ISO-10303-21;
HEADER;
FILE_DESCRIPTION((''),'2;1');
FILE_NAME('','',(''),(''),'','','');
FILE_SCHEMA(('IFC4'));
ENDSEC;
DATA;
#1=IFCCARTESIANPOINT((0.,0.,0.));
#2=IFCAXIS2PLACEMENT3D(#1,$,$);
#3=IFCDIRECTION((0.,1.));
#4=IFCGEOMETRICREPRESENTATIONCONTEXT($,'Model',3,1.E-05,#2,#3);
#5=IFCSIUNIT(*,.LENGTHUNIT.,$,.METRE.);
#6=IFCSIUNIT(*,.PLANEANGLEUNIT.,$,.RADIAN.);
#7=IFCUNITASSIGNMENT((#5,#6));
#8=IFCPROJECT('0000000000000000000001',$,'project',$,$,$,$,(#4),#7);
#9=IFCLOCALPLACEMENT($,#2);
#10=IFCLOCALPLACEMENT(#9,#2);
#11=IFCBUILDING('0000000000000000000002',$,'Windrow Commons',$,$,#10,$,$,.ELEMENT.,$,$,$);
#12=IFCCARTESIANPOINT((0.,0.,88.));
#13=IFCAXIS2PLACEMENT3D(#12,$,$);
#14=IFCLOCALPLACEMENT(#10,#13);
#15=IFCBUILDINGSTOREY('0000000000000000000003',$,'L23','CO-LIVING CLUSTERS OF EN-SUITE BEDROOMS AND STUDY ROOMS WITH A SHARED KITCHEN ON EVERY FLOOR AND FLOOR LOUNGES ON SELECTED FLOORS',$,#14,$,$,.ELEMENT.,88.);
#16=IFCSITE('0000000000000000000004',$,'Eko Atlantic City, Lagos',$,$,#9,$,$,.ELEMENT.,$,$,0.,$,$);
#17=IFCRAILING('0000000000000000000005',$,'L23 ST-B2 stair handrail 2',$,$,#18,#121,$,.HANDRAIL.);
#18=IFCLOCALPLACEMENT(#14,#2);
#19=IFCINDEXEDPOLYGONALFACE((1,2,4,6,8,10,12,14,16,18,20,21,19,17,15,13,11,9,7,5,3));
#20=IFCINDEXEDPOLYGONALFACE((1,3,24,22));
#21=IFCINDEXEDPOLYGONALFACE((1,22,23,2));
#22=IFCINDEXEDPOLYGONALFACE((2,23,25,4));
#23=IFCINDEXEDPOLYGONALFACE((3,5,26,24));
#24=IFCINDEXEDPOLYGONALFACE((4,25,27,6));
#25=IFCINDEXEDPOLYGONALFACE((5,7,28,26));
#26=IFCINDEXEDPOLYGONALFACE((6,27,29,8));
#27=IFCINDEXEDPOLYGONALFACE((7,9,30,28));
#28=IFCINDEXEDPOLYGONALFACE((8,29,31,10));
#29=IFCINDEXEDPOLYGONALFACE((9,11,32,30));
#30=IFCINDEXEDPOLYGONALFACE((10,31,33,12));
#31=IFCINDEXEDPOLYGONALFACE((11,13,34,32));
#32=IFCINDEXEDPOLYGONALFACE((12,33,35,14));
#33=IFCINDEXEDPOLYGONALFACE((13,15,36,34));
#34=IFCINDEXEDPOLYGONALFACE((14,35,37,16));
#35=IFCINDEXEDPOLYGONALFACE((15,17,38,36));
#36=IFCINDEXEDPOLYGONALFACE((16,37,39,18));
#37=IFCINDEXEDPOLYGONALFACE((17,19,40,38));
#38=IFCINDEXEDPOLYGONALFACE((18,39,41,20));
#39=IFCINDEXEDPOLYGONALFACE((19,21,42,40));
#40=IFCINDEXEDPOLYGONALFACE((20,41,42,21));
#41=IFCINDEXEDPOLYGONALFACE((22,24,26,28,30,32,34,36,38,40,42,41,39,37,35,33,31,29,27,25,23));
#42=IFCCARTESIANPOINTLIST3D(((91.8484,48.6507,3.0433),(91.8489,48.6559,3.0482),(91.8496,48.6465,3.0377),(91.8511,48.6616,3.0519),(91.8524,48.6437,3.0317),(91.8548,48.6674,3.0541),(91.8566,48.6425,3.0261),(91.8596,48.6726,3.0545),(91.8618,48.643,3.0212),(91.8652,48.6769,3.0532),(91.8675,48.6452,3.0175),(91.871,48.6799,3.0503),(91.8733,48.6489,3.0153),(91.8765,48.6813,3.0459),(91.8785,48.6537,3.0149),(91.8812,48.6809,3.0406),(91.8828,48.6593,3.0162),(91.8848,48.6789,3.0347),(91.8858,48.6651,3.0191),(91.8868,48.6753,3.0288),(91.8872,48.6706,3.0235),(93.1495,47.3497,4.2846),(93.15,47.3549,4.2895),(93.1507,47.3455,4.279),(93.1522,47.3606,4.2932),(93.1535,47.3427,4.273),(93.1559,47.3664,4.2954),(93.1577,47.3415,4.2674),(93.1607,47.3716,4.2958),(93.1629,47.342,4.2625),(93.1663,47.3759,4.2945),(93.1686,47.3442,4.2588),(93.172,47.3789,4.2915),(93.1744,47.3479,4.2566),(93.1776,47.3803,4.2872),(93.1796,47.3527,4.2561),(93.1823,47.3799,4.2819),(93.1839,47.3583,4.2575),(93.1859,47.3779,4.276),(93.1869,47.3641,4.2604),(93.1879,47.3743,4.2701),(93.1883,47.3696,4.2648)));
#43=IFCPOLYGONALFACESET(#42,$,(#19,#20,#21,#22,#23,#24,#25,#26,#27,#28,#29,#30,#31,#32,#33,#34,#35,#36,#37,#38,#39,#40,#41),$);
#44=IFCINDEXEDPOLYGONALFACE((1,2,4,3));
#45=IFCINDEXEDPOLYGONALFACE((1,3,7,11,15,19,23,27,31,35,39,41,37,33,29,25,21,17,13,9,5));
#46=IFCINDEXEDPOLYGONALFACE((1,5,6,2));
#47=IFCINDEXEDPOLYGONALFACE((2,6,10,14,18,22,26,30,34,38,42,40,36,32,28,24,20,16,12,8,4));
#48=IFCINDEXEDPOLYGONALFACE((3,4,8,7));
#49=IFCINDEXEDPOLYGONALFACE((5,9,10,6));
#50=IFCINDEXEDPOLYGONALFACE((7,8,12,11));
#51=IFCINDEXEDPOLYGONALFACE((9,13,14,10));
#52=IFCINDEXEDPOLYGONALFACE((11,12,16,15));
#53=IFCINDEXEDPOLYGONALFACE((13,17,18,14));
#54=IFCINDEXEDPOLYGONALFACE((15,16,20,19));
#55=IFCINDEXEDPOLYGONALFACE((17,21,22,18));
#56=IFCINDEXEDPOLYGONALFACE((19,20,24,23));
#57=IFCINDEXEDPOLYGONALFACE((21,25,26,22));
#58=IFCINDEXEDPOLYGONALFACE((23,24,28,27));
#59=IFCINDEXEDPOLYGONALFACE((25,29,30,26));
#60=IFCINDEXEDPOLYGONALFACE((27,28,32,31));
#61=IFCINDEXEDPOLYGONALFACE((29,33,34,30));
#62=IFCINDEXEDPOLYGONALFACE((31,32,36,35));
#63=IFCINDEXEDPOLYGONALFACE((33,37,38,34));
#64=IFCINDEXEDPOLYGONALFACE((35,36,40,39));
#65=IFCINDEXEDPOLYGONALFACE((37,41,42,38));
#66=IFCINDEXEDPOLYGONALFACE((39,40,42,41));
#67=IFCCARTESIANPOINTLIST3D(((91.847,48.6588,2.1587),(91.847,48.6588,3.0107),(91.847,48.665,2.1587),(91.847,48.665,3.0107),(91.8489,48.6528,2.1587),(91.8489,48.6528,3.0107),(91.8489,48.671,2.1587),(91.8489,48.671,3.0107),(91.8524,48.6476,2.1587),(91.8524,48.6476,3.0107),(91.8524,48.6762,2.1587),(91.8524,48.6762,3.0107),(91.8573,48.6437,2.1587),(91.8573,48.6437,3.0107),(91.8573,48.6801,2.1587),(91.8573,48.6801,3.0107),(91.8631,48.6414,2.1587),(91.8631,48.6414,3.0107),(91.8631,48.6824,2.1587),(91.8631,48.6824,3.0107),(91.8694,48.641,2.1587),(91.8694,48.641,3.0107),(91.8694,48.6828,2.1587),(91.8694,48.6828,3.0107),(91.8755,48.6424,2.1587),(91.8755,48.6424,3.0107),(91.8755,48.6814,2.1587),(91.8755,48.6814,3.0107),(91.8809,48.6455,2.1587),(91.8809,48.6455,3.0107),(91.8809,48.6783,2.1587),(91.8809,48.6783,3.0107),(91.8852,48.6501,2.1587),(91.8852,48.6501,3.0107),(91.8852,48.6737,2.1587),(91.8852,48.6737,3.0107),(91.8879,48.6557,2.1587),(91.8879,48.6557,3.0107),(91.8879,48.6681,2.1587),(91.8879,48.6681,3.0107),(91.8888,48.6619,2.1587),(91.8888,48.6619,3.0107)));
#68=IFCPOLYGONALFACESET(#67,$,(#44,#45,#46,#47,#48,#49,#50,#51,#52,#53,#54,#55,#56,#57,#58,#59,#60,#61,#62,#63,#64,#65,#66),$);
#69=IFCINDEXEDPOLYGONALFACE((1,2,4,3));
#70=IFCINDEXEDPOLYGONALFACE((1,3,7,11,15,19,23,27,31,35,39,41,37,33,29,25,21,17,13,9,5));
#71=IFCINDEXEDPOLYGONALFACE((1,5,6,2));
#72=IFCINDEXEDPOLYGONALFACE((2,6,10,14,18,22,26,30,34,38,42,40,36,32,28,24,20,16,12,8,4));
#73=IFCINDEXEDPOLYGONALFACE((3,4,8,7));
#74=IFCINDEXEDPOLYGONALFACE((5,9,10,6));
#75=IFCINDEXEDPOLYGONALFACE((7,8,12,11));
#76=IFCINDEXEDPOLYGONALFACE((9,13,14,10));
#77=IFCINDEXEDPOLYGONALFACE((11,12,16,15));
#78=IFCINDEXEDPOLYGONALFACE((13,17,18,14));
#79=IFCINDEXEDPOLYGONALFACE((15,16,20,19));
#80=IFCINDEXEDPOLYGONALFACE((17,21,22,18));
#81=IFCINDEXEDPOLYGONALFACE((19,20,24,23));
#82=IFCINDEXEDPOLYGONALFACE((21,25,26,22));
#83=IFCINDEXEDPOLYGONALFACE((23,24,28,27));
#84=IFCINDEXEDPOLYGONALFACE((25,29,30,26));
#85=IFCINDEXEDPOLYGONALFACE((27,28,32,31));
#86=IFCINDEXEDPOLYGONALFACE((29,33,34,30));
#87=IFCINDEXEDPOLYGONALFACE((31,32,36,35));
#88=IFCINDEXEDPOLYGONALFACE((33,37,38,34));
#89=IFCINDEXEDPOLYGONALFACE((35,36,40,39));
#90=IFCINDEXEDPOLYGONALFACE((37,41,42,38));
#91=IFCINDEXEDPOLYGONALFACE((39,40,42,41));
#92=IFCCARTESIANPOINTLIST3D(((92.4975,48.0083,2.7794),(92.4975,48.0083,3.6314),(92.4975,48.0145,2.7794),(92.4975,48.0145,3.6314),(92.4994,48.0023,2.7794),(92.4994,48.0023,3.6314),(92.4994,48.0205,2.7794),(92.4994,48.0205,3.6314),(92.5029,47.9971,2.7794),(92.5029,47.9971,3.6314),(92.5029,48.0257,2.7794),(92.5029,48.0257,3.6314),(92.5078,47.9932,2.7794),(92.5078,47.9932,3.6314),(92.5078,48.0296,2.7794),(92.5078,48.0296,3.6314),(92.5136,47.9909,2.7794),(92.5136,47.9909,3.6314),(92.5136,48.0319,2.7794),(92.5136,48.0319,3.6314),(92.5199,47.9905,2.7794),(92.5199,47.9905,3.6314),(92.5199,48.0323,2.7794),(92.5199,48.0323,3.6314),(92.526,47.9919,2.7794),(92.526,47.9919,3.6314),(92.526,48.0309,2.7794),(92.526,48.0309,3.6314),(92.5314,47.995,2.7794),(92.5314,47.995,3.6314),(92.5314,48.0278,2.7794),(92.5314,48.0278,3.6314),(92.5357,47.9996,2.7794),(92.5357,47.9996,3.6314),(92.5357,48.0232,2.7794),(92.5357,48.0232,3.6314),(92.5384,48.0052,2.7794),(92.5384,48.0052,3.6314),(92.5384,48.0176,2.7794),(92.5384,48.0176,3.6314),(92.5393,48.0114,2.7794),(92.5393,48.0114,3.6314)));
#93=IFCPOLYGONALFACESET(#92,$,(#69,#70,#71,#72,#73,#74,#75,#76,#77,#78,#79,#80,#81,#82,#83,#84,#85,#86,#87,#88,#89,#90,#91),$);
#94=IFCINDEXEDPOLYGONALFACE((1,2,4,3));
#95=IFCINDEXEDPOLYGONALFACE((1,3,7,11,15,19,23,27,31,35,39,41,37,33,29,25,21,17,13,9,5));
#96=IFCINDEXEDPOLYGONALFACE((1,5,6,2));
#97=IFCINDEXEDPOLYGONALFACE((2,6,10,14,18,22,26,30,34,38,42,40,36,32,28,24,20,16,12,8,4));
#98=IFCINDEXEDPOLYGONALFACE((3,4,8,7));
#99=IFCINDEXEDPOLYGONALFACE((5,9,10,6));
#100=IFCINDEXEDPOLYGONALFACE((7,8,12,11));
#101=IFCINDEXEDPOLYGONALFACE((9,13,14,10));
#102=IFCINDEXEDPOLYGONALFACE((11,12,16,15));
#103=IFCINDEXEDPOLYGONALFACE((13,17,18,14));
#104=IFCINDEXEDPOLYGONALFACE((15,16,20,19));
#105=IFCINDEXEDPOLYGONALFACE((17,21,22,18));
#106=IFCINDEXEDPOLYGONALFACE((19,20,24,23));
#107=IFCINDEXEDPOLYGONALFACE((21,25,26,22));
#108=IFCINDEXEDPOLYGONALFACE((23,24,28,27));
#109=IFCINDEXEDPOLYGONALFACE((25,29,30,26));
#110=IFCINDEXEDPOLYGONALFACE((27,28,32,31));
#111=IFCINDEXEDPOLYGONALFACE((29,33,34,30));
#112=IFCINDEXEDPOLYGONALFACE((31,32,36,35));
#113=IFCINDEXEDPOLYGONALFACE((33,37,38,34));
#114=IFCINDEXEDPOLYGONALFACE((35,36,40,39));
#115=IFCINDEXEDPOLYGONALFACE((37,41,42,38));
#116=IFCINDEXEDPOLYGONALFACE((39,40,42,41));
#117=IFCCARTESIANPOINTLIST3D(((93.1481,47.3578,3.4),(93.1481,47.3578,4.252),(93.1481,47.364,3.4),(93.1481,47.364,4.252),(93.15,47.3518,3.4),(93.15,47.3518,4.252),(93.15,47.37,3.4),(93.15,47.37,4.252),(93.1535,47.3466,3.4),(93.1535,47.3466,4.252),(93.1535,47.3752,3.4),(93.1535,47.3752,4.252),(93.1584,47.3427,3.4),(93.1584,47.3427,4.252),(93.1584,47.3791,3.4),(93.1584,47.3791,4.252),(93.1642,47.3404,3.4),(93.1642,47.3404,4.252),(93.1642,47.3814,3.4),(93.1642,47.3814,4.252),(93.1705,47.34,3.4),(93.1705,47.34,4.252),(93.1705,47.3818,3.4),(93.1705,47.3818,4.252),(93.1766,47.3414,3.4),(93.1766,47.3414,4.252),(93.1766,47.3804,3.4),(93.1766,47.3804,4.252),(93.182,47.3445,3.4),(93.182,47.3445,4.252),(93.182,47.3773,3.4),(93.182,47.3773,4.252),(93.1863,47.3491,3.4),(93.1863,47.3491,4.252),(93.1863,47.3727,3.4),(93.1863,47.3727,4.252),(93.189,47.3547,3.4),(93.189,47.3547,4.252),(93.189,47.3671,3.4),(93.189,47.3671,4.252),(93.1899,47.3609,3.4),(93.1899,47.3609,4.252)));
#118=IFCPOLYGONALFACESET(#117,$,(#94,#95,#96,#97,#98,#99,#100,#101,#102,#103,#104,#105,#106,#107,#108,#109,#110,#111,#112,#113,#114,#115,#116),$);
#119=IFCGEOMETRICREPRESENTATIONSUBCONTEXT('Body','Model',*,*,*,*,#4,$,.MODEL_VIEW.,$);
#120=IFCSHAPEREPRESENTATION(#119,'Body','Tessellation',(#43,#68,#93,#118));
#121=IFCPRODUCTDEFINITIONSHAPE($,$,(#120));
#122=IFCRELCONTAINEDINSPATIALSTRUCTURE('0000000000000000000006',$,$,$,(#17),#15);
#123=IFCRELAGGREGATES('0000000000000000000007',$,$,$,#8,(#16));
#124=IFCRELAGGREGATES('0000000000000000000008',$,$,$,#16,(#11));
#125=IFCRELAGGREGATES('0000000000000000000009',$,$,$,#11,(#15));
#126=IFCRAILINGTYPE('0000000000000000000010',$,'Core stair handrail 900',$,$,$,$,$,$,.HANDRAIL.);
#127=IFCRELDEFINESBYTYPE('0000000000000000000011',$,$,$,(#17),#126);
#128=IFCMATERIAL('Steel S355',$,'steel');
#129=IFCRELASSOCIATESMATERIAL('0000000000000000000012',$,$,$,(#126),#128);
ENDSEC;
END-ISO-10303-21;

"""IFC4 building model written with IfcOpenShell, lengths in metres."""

from ifc_helpers import new_model, si_unit, direction, frame, origin, origin_2d, place, context, subcontext, project, spatial, circle, extrude, material, type_object, element, save


model = new_model("IFC4")

# Units and contexts
model_context = context("Model", 3, precision=1e-05, world=origin(), true_north=direction((0.0, 1.0)))
body_context = subcontext(model_context, "Body", "Model", "MODEL_VIEW")
ifc_project = project(units=[si_unit("LENGTHUNIT", "METRE"), si_unit("PLANEANGLEUNIT", "RADIAN")], contexts=[model_context])

# Site, building, storey
site_placement = place(None, origin())
site = spatial("IfcSite", under=ifc_project, at=site_placement, Name="Eko Atlantic City, Lagos", CompositionType="ELEMENT", RefElevation=0.0)
building_placement = place(site_placement, origin())
building = spatial("IfcBuilding", under=site, at=building_placement, Name="Windrow Commons", CompositionType="ELEMENT")
storey_placement = place(building_placement, frame((0.0, 0.0, 88.0)))
storey = spatial("IfcBuildingStorey", under=building, at=storey_placement, Name="L23", Description="CO-LIVING CLUSTERS OF EN-SUITE BEDROOMS AND STUDY ROOMS WITH A SHARED KITCHEN ON EVERY FLOOR AND FLOOR LOUNGES ON SELECTED FLOORS", CompositionType="ELEMENT", Elevation=88.0)

# Railing
ifc_material_1 = material(Name="Steel S355", Category="steel")
railing_type_1 = type_object("IfcRailingType", Name="Core stair handrail 900", PredefinedType="HANDRAIL", material=ifc_material_1)
railing_1_placement = place(storey_placement, frame((91.8678, 48.6619, 2.1587)))
element("IfcRailing", 1, at=railing_1_placement, inside=storey, type_object=railing_type_1, Name="L23 ST-B2 stair handrail 2", PredefinedType="HANDRAIL", context=body_context, shape_type="SweptSolid", body=[
    extrude(circle(Radius=0.024, at=origin_2d()), frame((0.0, 0.0, 0.876), z_axis=(0.586207, -0.586162, 0.559264), x_axis=(0.70708, 0.707134, 0.0)), (0.0, 0.0, 1.0), 2.2195),
    extrude(circle(Radius=0.021, at=origin_2d()), origin(), (0.0, 0.0, 1.0), 0.852),
    extrude(circle(Radius=0.021, at=origin_2d()), frame((0.6505, -0.6505, 0.6207)), (0.0, 0.0, 1.0), 0.852),
    extrude(circle(Radius=0.021, at=origin_2d()), frame((1.3011, -1.301, 1.2413)), (0.0, 0.0, 1.0), 0.852),
])

save(model, "model.ifc")
